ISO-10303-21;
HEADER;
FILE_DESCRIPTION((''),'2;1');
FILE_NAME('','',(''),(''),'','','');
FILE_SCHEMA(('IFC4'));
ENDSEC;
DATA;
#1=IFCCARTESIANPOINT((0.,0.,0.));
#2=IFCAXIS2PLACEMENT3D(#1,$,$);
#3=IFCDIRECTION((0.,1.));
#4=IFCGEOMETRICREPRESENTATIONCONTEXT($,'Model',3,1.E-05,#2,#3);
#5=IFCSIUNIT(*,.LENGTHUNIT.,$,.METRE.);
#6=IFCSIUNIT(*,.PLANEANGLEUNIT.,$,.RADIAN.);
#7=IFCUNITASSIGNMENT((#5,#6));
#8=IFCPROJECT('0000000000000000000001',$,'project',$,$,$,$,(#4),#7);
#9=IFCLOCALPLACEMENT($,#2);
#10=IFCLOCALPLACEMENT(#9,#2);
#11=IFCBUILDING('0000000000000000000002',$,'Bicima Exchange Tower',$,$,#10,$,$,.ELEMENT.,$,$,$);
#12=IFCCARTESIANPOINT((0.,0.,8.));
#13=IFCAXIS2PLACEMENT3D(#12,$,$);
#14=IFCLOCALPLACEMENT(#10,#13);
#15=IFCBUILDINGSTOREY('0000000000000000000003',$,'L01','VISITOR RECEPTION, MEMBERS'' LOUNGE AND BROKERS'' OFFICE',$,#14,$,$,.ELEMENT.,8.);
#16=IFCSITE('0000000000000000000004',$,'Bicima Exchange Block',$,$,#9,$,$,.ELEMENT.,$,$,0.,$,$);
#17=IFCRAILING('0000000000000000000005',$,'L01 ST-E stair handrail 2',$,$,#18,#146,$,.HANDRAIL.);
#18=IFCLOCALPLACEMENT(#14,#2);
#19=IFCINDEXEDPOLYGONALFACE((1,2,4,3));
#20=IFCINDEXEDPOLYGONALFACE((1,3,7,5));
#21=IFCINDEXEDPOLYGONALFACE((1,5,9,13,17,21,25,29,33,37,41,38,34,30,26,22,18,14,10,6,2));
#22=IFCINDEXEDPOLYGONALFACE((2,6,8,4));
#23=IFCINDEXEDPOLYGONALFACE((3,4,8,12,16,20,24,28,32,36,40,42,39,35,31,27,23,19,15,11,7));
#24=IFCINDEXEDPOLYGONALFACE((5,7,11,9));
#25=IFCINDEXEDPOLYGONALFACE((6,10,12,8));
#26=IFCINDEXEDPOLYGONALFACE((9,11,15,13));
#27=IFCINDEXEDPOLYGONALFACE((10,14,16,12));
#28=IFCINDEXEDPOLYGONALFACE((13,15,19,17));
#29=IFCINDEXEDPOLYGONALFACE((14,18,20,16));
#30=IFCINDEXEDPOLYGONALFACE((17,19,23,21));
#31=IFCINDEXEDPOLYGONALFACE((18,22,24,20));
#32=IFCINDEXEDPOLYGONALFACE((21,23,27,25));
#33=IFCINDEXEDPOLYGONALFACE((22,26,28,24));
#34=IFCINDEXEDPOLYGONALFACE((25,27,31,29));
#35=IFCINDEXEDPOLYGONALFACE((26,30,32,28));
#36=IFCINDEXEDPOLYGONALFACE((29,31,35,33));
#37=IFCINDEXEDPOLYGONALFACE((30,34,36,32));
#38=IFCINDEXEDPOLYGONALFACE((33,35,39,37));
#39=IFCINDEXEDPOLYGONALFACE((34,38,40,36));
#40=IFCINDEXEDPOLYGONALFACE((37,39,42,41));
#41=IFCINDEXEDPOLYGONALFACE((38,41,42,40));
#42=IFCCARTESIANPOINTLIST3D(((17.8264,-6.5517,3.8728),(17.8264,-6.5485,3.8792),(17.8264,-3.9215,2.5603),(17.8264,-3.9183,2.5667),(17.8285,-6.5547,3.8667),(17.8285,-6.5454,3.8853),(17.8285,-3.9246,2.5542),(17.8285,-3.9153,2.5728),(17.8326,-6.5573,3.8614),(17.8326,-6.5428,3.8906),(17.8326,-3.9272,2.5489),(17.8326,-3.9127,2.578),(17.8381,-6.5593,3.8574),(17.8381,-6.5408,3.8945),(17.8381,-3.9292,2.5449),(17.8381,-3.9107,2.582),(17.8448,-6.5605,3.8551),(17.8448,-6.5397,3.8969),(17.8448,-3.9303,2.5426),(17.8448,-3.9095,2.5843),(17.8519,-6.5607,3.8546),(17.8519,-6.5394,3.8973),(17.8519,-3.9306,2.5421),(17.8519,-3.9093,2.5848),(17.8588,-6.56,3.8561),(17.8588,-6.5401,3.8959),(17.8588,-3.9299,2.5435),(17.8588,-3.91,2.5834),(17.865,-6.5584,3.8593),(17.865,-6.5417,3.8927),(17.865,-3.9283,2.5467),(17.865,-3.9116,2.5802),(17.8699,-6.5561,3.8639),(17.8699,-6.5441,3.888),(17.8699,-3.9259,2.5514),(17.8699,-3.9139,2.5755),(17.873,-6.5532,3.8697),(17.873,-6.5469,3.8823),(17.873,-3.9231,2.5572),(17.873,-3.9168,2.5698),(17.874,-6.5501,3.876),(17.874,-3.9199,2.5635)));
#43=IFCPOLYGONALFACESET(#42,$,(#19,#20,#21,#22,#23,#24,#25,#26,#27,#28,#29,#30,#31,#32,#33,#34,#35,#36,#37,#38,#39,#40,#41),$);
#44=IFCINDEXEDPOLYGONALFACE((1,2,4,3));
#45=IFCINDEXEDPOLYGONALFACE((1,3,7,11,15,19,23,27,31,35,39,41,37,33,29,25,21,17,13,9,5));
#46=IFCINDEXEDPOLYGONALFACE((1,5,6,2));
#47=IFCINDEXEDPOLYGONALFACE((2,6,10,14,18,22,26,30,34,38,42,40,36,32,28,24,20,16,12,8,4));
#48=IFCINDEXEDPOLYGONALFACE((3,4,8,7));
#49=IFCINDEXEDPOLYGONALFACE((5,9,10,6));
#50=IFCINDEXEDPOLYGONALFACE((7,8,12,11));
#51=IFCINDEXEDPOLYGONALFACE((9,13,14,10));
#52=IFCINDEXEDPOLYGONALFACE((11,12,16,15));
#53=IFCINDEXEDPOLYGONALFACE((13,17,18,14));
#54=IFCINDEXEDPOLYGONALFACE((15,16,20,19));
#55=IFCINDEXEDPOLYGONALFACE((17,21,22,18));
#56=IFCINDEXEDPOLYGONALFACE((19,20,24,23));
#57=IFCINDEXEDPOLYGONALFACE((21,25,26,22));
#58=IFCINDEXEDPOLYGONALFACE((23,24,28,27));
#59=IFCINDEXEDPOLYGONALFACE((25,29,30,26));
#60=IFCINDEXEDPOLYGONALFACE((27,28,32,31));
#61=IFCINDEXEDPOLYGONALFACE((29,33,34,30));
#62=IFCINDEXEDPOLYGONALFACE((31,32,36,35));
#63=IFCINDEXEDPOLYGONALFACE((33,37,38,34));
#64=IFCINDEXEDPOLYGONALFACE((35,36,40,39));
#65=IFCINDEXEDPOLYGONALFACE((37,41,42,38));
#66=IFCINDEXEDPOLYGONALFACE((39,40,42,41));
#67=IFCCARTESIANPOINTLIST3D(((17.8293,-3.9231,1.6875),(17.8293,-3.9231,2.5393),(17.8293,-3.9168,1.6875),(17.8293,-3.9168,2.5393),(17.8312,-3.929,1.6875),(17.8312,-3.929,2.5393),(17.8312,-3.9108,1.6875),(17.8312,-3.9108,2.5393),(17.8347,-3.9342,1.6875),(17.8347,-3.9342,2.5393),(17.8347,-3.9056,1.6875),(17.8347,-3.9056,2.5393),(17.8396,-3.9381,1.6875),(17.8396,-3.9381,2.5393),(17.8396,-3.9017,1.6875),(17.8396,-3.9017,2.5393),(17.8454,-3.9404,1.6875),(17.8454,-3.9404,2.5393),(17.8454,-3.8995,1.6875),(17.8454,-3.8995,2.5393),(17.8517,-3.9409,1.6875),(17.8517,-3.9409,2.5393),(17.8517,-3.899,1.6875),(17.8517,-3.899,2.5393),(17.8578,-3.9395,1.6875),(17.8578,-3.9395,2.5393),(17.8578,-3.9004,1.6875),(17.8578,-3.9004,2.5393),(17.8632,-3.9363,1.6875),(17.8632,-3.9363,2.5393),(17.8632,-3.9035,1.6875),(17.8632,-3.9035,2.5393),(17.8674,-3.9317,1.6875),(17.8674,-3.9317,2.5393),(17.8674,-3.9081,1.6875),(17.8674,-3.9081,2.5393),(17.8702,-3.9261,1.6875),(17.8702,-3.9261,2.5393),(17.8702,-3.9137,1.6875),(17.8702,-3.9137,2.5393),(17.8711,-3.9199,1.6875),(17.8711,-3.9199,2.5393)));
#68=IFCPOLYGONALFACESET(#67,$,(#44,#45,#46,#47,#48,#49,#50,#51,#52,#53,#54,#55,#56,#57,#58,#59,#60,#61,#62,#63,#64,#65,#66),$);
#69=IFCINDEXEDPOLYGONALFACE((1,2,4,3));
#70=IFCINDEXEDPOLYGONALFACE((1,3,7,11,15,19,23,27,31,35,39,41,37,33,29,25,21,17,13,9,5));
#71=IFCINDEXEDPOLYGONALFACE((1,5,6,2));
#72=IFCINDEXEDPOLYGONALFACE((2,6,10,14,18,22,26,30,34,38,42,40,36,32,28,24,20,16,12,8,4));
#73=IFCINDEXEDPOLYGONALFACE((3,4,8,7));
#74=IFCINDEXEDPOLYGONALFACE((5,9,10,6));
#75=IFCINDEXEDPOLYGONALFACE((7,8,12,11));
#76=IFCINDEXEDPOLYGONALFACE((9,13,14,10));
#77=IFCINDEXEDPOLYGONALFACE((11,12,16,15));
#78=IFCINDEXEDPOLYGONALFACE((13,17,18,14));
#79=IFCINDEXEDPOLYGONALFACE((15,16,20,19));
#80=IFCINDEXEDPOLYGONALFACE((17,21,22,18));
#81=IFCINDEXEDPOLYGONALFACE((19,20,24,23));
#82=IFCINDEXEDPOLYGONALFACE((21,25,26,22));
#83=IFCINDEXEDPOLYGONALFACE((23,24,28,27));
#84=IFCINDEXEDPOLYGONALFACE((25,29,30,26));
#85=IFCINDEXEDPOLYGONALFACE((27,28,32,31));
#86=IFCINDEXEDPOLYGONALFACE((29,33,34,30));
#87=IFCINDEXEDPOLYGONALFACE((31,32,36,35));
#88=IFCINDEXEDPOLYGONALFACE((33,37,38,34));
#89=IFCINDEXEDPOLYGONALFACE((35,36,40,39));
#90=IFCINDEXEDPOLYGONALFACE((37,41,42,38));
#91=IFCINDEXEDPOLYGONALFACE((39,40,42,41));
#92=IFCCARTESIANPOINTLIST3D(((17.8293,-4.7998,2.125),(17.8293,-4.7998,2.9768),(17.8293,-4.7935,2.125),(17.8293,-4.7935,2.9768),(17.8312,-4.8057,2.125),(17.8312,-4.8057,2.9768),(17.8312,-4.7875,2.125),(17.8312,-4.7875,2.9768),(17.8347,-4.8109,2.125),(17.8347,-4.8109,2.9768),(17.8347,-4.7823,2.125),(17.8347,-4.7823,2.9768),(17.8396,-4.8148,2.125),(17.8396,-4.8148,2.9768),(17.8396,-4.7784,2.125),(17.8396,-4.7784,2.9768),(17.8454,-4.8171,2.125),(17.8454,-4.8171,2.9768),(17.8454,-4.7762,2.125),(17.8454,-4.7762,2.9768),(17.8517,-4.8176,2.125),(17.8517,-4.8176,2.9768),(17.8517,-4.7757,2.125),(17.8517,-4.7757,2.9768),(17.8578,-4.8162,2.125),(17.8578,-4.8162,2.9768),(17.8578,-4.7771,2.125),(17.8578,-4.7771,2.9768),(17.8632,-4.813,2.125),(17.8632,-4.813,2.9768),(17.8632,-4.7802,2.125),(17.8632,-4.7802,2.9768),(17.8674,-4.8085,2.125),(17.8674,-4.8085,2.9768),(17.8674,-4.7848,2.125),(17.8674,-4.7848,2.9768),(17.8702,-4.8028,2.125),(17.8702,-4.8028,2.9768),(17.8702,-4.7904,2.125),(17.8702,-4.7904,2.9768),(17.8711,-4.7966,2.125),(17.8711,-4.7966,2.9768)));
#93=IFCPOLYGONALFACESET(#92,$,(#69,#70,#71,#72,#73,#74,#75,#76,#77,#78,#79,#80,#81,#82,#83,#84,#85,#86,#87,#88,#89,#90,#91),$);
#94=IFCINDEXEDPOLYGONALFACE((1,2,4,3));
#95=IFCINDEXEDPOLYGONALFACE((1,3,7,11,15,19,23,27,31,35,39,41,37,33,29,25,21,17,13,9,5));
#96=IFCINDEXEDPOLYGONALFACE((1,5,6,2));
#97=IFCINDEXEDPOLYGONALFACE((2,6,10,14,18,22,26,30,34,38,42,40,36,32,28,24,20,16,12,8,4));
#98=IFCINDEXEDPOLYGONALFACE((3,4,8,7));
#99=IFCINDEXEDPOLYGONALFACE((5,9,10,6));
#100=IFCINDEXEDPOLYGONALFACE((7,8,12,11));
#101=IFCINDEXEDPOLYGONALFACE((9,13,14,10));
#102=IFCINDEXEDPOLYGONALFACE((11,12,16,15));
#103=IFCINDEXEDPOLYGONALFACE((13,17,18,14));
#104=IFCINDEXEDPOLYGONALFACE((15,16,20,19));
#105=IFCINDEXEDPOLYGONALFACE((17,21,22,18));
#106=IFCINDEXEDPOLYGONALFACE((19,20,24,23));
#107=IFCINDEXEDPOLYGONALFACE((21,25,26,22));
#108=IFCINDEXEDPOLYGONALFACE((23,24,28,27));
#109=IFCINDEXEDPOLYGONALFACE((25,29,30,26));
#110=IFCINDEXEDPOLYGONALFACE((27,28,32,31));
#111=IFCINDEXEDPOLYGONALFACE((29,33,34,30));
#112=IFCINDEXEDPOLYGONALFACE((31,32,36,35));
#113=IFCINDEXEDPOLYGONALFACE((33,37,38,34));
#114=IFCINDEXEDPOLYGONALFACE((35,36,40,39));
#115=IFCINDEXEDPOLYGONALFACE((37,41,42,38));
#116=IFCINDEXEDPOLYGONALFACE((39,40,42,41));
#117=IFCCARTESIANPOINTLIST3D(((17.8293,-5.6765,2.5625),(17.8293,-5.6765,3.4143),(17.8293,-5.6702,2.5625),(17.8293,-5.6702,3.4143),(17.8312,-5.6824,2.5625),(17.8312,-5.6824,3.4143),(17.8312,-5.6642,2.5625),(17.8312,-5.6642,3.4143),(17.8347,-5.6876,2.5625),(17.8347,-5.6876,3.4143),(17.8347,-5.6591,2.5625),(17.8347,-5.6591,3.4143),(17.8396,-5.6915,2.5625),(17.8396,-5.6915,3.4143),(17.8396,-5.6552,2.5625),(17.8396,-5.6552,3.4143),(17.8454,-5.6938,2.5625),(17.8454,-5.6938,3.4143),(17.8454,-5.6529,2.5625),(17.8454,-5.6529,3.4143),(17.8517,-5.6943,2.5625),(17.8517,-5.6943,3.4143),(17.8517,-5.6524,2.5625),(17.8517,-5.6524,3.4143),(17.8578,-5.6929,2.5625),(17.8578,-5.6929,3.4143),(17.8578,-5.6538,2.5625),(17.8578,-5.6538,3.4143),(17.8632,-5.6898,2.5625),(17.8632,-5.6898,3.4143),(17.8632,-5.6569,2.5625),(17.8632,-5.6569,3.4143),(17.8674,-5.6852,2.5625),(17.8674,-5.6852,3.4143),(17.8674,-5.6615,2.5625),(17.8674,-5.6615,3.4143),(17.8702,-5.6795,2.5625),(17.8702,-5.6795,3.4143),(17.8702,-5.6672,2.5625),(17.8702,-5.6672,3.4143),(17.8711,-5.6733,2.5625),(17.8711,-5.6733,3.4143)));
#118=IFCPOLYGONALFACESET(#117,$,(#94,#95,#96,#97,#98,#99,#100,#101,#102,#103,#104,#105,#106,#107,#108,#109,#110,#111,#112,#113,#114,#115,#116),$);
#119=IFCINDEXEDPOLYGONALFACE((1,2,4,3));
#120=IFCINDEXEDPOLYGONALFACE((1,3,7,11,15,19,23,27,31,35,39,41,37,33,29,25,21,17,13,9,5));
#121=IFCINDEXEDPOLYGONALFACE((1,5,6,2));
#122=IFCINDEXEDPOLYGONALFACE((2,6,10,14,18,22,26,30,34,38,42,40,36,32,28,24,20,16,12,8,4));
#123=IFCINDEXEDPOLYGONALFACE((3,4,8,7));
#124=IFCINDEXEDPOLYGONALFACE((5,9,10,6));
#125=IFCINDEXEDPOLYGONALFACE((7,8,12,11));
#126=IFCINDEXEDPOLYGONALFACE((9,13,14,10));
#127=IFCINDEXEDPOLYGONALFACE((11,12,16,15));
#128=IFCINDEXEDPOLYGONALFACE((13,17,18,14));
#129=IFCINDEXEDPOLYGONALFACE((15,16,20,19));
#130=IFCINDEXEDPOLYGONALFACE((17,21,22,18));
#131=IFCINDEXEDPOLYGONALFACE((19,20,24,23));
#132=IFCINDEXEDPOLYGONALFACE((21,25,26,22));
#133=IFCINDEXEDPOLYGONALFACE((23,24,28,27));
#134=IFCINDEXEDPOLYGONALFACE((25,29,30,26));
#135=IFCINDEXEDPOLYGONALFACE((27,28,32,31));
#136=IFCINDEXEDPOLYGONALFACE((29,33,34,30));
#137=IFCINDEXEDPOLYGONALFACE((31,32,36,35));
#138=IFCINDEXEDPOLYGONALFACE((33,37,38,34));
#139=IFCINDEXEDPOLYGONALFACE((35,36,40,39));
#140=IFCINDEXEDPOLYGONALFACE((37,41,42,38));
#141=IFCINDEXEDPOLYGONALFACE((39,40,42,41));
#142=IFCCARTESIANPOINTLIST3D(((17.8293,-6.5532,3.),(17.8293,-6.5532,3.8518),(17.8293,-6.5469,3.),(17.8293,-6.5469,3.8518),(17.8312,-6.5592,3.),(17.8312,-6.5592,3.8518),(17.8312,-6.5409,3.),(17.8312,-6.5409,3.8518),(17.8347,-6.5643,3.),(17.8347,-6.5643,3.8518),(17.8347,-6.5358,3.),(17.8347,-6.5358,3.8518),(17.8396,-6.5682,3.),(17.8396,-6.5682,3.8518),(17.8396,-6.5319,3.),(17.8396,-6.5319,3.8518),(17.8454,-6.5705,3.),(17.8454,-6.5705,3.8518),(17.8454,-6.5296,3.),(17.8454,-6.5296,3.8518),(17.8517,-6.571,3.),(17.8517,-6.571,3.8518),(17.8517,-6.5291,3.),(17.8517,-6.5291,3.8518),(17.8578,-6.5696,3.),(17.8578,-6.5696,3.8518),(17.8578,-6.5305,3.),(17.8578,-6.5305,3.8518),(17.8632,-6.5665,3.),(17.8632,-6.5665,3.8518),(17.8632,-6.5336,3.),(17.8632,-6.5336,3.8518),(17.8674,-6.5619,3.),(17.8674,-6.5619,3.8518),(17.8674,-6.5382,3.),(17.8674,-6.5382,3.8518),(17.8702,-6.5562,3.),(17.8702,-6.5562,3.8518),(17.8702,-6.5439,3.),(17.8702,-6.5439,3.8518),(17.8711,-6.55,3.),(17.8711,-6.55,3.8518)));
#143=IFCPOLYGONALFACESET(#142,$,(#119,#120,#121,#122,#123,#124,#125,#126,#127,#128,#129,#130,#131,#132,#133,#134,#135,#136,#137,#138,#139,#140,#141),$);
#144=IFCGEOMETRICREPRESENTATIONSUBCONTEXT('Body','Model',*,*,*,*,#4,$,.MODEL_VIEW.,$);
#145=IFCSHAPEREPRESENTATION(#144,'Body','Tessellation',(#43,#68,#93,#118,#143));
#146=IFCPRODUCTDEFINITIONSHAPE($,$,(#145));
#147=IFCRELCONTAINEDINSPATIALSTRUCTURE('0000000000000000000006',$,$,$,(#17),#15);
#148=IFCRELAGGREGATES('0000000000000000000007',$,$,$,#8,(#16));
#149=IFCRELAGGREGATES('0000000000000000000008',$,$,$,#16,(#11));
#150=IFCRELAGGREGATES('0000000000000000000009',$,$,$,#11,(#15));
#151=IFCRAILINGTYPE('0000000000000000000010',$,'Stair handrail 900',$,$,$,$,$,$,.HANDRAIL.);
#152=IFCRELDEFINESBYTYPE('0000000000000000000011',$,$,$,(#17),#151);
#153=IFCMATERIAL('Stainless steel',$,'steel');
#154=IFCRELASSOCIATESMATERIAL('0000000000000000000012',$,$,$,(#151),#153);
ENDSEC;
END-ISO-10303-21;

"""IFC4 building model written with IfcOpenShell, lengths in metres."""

from ifc_helpers import new_model, si_unit, direction, frame, origin, origin_2d, place, context, subcontext, project, spatial, circle, extrude, material, type_object, element, save


model = new_model("IFC4")

# Units and contexts
model_context = context("Model", 3, precision=1e-05, world=origin(), true_north=direction((0.0, 1.0)))
body_context = subcontext(model_context, "Body", "Model", "MODEL_VIEW")
ifc_project = project(units=[si_unit("LENGTHUNIT", "METRE"), si_unit("PLANEANGLEUNIT", "RADIAN")], contexts=[model_context])

# Site, building, storey
site_placement = place(None, origin())
site = spatial("IfcSite", under=ifc_project, at=site_placement, Name="Bicima Exchange Block", CompositionType="ELEMENT", RefElevation=0.0)
building_placement = place(site_placement, origin())
building = spatial("IfcBuilding", under=site, at=building_placement, Name="Bicima Exchange Tower", CompositionType="ELEMENT")
storey_placement = place(building_placement, frame((0.0, 0.0, 8.0)))
storey = spatial("IfcBuildingStorey", under=building, at=storey_placement, Name="L01", Description="VISITOR RECEPTION, MEMBERS' LOUNGE AND BROKERS' OFFICE", CompositionType="ELEMENT", Elevation=8.0)

# Railing
ifc_material_1 = material(Name="Stainless steel", Category="steel")
railing_type_1 = type_object("IfcRailingType", Name="Stair handrail 900", PredefinedType="HANDRAIL", material=ifc_material_1)
railing_1_placement = place(storey_placement, frame((17.8501, -3.9199, 1.6875)))
element("IfcRailing", 1, at=railing_1_placement, inside=storey, type_object=railing_type_1, Name="L01 ST-E stair handrail 2", PredefinedType="HANDRAIL", context=body_context, shape_type="SweptSolid", body=[
    extrude(circle(Radius=0.0239, at=origin_2d()), frame((0.0, 0.0, 0.876), z_axis=(0.0, -0.894776, 0.446516), x_axis=(1.0, 0.0, 0.0)), (0.0, 0.0, 1.0), 2.9395),
    extrude(circle(Radius=0.021, at=origin_2d()), origin(), (0.0, 0.0, 1.0), 0.8518),
    extrude(circle(Radius=0.021, at=origin_2d()), frame((0.0, -0.8767, 0.4375)), (0.0, 0.0, 1.0), 0.8518),
    extrude(circle(Radius=0.021, at=origin_2d()), frame((0.0, -1.7534, 0.875)), (0.0, 0.0, 1.0), 0.8518),
    extrude(circle(Radius=0.021, at=origin_2d()), frame((0.0, -2.6301, 1.3125)), (0.0, 0.0, 1.0), 0.8518),
])

save(model, "model.ifc")
